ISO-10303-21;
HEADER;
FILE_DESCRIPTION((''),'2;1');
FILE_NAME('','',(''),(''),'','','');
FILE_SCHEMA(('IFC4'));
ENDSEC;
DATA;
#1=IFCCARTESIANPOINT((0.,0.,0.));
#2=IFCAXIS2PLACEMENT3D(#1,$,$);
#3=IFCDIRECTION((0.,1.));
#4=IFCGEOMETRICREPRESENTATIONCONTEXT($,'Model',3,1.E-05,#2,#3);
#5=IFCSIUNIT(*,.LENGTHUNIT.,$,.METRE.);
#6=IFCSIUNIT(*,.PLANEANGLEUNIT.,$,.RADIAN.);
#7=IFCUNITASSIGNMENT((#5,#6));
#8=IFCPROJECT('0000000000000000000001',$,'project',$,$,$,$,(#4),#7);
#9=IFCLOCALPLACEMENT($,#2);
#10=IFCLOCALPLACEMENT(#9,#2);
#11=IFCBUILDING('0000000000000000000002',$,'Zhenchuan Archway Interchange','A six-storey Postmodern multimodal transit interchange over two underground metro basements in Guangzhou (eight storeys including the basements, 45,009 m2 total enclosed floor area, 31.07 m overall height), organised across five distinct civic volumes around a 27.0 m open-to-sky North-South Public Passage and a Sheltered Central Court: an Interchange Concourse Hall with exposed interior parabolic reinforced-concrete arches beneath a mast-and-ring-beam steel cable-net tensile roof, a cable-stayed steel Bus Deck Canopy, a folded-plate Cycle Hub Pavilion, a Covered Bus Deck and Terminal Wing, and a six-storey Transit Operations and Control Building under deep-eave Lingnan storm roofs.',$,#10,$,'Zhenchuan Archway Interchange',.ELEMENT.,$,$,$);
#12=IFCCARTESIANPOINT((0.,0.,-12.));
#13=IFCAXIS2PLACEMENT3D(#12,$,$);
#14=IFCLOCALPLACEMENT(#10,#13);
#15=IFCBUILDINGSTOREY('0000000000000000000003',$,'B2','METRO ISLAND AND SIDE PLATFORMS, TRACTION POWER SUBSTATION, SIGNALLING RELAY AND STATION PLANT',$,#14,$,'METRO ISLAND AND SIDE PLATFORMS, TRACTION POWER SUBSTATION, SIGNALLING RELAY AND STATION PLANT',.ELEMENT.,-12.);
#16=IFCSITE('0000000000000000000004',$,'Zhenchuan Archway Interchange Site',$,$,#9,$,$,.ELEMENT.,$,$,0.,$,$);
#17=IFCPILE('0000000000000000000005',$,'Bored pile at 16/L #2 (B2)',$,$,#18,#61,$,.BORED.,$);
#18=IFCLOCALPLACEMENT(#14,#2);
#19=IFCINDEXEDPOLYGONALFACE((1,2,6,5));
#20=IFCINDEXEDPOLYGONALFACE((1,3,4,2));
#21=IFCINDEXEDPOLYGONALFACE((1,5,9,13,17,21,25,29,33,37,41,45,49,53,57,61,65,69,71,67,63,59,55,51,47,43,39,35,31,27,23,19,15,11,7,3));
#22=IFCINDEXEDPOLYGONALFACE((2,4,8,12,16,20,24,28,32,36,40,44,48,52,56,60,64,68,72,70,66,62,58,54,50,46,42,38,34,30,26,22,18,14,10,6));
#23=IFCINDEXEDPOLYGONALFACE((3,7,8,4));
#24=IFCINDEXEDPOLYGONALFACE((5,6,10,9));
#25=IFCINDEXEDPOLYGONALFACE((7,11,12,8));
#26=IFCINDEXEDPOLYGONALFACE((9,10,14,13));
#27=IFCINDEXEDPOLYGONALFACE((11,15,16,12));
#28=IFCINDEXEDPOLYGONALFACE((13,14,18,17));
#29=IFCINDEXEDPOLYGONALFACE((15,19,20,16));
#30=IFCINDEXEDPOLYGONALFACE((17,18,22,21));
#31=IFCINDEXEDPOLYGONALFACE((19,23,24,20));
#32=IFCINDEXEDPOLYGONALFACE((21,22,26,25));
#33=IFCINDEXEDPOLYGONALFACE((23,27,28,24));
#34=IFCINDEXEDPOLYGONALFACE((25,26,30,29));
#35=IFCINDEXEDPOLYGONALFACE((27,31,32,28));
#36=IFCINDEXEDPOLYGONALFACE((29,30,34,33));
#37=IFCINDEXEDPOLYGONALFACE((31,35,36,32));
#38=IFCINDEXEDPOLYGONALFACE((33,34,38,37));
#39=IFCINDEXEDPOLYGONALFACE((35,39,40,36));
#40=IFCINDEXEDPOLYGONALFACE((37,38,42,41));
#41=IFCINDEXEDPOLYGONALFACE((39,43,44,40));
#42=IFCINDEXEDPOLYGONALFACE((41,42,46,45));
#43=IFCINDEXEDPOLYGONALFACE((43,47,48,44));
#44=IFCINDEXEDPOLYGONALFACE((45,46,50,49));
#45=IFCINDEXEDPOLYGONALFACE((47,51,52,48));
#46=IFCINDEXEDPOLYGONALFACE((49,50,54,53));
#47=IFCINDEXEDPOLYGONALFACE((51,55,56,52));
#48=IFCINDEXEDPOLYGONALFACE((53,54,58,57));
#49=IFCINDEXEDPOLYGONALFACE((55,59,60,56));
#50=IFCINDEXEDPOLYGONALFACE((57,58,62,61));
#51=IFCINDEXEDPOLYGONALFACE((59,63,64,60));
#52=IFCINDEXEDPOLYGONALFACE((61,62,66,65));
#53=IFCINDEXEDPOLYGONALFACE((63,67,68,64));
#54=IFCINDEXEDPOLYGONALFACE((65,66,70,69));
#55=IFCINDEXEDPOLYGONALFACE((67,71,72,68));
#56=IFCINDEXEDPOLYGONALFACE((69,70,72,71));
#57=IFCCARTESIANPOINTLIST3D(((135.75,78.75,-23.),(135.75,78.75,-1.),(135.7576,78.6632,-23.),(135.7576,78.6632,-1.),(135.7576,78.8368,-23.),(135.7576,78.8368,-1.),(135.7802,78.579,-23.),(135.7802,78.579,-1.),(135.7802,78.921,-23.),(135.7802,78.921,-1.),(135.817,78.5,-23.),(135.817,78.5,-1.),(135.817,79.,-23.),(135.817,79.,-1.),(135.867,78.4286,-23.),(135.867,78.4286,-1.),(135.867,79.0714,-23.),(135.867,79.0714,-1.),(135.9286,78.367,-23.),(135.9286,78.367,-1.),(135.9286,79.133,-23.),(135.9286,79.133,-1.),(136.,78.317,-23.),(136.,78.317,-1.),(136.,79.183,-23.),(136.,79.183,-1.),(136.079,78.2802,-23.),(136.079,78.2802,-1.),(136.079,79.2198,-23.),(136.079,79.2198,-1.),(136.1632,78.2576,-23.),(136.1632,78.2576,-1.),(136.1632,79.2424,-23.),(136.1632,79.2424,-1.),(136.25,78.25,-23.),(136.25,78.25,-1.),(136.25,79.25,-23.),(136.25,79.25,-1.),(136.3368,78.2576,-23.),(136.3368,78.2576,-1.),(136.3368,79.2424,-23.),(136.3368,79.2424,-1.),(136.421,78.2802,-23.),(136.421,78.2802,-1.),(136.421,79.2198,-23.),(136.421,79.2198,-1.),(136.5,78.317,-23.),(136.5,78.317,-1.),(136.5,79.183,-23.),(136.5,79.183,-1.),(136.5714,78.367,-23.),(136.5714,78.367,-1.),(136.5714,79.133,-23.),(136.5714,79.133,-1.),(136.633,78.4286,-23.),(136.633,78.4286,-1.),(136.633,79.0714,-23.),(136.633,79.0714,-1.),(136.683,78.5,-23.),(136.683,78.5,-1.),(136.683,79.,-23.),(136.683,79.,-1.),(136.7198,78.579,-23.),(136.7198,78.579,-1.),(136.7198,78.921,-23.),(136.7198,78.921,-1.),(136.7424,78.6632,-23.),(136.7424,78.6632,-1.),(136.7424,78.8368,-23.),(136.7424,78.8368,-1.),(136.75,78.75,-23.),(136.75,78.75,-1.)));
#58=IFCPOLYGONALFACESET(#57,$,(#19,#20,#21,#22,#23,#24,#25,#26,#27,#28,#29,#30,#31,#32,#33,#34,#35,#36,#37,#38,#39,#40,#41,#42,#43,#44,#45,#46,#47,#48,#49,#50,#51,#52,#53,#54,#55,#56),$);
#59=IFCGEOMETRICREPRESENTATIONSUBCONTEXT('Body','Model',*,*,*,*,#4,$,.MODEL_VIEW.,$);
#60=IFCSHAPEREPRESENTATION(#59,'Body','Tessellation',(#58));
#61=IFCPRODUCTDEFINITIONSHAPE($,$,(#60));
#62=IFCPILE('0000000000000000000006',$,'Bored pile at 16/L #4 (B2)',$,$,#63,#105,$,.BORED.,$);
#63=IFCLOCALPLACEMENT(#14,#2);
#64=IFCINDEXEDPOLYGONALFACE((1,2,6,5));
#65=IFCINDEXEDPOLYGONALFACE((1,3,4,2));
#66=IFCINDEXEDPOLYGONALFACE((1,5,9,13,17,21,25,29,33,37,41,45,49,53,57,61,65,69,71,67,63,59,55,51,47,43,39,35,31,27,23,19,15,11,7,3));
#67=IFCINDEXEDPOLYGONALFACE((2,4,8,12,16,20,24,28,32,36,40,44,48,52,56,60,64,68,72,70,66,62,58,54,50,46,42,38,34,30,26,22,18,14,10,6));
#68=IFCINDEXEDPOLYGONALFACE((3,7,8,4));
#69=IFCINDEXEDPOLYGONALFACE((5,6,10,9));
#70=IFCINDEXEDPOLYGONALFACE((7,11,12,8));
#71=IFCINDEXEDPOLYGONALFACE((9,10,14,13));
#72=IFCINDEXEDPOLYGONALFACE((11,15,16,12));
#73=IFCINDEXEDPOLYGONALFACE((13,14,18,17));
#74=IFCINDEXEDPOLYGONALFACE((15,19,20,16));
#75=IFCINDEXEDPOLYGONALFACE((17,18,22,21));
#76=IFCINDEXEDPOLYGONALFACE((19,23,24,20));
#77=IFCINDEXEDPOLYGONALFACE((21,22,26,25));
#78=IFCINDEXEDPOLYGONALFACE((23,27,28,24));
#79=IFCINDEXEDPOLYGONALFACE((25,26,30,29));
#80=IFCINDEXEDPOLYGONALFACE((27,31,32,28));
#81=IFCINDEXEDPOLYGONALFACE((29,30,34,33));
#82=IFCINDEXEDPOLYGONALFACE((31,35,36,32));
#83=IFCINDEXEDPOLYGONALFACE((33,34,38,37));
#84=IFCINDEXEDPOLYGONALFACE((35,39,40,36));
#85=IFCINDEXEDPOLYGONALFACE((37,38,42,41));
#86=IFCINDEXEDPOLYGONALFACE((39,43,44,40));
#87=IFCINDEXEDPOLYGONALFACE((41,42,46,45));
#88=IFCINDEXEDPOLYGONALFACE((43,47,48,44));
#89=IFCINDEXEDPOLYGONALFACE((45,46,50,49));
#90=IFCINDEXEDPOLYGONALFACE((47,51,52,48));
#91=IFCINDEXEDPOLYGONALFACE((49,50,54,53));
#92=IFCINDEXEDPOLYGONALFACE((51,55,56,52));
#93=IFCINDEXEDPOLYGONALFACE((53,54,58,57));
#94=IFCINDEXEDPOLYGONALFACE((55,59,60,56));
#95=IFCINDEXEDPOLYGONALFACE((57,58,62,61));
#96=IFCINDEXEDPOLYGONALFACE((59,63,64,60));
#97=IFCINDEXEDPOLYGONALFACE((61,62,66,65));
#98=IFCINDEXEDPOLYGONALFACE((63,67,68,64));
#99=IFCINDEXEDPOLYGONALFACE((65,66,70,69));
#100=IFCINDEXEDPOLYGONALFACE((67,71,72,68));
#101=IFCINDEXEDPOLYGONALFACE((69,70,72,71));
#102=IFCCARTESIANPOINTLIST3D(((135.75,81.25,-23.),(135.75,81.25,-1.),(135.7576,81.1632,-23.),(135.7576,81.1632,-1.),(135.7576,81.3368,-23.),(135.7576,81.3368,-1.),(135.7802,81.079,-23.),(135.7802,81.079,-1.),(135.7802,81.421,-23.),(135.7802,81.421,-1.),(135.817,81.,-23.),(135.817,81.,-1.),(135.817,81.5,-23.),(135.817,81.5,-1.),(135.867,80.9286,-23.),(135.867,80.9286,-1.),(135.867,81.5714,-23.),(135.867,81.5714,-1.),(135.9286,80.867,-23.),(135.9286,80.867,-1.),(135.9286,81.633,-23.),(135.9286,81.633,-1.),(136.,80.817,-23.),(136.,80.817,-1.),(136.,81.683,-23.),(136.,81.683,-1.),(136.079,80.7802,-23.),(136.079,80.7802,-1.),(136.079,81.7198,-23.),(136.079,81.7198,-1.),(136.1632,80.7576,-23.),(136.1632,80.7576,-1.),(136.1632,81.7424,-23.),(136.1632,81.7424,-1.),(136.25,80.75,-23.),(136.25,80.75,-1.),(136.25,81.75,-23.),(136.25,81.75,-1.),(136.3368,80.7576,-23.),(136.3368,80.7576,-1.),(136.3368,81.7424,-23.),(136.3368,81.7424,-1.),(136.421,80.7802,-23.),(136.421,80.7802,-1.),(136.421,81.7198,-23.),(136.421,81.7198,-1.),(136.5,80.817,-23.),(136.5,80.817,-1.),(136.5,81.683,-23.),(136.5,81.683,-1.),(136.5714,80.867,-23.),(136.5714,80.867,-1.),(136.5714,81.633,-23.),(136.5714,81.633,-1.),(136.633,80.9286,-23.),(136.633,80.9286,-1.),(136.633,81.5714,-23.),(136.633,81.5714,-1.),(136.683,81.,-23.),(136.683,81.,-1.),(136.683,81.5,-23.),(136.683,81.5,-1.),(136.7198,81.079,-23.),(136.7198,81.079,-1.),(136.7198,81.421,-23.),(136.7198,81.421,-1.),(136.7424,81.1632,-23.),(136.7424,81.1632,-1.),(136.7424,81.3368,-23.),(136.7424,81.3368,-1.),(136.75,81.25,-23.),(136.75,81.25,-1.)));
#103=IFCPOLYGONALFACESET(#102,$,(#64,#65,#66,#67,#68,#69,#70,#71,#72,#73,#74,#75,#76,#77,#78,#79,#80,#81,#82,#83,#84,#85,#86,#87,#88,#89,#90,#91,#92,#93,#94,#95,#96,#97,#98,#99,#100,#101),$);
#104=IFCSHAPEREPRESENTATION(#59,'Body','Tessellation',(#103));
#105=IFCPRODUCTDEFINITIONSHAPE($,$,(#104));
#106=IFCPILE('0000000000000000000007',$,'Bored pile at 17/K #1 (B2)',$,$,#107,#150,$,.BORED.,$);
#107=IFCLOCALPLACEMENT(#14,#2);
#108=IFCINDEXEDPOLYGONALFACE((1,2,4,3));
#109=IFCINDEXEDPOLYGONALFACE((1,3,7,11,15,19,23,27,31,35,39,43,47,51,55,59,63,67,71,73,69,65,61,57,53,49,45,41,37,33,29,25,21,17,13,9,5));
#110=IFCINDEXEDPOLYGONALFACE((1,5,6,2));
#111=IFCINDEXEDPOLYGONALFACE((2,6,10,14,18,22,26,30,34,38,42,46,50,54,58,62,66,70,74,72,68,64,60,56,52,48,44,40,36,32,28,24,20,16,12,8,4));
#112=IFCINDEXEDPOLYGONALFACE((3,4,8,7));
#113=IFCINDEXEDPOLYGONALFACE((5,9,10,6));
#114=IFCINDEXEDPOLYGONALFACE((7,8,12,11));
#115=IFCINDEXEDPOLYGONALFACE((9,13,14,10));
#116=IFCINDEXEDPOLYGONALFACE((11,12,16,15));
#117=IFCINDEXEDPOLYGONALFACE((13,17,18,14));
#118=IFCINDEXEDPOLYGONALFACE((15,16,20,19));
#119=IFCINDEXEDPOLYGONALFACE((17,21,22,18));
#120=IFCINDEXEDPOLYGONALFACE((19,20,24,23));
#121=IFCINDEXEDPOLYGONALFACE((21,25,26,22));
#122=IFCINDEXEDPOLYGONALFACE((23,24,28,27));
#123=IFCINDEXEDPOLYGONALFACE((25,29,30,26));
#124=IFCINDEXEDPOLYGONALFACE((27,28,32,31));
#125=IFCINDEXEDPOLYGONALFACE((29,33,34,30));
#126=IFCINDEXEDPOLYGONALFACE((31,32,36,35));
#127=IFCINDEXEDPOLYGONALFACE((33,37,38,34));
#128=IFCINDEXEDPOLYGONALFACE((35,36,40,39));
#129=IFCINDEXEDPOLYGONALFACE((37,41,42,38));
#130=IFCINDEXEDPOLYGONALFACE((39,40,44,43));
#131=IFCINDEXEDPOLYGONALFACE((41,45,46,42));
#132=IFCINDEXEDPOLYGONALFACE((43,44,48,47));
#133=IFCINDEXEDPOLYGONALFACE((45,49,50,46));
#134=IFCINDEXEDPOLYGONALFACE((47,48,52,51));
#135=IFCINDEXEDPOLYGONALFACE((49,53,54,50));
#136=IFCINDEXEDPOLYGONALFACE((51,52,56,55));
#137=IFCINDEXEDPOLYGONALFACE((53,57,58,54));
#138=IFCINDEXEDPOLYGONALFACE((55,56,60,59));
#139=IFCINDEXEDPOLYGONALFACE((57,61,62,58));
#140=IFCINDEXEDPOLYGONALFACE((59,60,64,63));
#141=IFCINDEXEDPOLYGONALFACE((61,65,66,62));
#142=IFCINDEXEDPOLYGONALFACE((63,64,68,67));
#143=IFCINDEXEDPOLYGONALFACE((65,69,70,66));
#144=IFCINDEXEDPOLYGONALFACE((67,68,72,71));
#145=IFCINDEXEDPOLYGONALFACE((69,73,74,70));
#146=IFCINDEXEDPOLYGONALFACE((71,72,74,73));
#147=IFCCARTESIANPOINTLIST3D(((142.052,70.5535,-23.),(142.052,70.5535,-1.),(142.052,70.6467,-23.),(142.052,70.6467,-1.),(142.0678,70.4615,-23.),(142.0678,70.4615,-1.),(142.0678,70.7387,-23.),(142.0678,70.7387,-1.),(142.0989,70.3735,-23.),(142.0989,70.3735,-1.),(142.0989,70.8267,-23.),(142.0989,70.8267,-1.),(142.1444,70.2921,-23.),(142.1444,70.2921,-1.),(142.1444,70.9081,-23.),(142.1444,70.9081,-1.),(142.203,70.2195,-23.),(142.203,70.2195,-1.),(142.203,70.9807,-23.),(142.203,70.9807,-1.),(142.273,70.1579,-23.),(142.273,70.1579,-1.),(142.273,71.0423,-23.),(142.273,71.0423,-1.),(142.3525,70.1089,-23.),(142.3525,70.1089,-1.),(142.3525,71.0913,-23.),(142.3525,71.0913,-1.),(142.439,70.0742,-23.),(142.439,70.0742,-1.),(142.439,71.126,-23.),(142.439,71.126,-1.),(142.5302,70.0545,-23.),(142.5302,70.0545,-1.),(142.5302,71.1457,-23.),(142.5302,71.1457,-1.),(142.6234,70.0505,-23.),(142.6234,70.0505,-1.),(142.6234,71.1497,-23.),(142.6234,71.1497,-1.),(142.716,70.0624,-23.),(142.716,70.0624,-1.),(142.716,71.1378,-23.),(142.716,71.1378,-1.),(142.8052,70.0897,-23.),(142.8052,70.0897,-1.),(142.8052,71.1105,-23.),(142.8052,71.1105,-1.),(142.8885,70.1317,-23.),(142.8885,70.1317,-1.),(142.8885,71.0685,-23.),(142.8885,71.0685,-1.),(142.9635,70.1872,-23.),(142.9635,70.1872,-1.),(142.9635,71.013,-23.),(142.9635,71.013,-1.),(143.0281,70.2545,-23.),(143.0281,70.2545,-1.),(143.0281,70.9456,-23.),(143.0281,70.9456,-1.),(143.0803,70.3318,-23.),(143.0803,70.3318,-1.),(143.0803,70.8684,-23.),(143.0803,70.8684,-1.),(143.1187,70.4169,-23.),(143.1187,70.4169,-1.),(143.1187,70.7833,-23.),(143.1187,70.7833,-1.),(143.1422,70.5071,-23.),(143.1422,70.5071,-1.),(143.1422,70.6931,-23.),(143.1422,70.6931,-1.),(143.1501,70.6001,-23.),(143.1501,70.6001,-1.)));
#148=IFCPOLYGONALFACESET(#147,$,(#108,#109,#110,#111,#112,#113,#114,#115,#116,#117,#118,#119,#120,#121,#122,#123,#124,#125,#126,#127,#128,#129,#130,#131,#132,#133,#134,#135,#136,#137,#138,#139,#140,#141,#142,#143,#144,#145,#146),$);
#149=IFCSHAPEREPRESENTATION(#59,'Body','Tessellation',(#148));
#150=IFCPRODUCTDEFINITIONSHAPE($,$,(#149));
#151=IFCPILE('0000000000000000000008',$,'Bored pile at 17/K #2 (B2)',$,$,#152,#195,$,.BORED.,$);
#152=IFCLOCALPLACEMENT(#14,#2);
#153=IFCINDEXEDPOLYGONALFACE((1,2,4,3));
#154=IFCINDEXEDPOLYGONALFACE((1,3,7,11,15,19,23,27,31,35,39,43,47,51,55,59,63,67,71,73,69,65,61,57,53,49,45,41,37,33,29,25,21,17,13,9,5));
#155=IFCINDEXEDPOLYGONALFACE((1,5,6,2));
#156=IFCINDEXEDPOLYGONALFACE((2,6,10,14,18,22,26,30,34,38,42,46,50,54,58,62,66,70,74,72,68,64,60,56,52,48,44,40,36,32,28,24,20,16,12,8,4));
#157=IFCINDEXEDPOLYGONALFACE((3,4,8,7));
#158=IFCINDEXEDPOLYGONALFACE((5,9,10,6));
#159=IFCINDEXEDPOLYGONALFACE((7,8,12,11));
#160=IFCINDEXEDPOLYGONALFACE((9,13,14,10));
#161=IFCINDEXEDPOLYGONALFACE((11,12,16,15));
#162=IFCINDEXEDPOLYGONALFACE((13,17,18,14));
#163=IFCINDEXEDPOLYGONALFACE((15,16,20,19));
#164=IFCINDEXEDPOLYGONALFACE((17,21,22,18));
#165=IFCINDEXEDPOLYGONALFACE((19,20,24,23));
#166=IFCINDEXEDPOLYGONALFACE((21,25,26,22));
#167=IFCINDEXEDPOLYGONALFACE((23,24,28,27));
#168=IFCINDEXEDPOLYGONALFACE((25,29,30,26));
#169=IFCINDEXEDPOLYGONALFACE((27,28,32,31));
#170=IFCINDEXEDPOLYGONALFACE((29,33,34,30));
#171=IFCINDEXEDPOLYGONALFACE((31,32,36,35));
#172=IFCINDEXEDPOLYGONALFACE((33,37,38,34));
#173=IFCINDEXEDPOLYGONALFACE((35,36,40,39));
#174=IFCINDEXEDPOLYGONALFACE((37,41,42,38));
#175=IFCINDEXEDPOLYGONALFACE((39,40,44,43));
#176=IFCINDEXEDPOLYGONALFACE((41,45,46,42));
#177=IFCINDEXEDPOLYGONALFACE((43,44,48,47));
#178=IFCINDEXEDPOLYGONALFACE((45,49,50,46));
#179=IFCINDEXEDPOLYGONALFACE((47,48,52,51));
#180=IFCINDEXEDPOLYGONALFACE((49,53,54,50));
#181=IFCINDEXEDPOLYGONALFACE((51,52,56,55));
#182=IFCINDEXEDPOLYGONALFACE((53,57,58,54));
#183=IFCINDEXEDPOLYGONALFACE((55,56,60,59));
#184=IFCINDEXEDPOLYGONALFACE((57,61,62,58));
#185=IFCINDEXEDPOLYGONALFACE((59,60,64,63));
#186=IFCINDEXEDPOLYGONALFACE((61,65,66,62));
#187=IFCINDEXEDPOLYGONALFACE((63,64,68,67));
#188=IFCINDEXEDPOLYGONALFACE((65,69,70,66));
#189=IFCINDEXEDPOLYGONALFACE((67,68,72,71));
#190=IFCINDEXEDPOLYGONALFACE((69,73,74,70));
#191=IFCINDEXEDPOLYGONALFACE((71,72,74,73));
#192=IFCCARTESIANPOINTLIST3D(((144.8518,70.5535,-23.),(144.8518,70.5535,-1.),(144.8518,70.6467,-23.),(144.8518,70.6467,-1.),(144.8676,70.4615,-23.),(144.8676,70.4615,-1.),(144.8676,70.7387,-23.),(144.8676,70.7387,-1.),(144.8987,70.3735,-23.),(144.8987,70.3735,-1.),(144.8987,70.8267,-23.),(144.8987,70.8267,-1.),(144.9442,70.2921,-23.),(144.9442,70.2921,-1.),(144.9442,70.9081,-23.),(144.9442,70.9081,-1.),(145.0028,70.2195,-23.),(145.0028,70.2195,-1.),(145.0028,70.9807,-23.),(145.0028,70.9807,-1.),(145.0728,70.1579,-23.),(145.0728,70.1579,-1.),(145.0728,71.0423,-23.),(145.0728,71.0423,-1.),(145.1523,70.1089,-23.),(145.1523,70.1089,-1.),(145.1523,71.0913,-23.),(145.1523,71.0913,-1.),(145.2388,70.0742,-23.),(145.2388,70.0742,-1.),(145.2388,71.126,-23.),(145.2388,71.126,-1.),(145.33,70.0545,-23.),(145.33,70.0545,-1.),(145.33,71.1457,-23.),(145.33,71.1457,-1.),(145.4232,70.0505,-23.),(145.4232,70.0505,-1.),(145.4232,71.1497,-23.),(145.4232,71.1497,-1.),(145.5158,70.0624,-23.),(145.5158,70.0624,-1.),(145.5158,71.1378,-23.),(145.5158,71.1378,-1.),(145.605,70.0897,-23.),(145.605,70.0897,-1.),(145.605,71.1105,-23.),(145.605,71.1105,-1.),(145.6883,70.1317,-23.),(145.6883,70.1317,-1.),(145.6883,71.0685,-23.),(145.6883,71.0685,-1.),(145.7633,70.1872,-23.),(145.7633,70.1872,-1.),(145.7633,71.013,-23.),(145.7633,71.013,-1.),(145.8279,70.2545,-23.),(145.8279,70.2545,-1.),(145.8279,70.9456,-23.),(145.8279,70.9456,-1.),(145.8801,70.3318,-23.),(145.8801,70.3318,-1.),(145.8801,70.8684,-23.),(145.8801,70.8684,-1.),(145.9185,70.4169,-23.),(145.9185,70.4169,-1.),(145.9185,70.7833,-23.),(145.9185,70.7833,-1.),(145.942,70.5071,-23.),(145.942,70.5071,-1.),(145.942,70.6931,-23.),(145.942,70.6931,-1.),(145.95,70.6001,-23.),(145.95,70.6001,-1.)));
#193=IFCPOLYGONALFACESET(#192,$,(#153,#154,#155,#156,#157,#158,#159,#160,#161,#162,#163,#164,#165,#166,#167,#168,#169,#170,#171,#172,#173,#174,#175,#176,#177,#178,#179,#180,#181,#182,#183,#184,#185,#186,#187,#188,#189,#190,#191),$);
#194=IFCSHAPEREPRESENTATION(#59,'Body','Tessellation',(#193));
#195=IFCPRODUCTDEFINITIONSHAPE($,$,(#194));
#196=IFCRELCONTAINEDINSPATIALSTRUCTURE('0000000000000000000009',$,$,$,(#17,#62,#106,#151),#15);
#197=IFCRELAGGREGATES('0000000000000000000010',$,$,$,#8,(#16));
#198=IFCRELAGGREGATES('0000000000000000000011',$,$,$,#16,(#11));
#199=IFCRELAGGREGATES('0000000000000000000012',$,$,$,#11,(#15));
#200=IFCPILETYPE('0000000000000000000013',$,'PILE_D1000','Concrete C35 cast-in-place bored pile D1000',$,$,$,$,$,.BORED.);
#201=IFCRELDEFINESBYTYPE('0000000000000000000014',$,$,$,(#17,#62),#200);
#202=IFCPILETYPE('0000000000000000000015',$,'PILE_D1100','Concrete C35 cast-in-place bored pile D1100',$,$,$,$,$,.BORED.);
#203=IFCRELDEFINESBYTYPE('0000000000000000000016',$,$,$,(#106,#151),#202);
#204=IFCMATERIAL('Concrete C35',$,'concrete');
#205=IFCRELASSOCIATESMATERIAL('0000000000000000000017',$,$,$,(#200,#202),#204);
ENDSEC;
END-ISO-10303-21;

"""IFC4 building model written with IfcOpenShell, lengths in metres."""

from ifc_helpers import new_model, si_unit, direction, frame, origin, origin_2d, place, context, subcontext, project, spatial, circle, extrude, material, material_profile, profile_set, type_object, element, save


model = new_model("IFC4")

# Units and contexts
model_context = context("Model", 3, precision=1e-05, world=origin(), true_north=direction((0.0, 1.0)))
body_context = subcontext(model_context, "Body", "Model", "MODEL_VIEW")
ifc_project = project(units=[si_unit("LENGTHUNIT", "METRE"), si_unit("PLANEANGLEUNIT", "RADIAN")], contexts=[model_context])

# Site, building, storey
site_placement = place(None, origin())
site = spatial("IfcSite", under=ifc_project, at=site_placement, Name="Zhenchuan Archway Interchange Site", CompositionType="ELEMENT", RefElevation=0.0)
building_placement = place(site_placement, origin())
building = spatial("IfcBuilding", under=site, at=building_placement, Name="Zhenchuan Archway Interchange", Description="A six-storey Postmodern multimodal transit interchange over two underground metro basements in Guangzhou (eight storeys including the basements, 45,009 m2 total enclosed floor area, 31.07 m overall height), organised across five distinct civic volumes around a 27.0 m open-to-sky North-South Public Passage and a Sheltered Central Court: an Interchange Concourse Hall with exposed interior parabolic reinforced-concrete arches beneath a mast-and-ring-beam steel cable-net tensile roof, a cable-stayed steel Bus Deck Canopy, a folded-plate Cycle Hub Pavilion, a Covered Bus Deck and Terminal Wing, and a six-storey Transit Operations and Control Building under deep-eave Lingnan storm roofs.", LongName="Zhenchuan Archway Interchange", CompositionType="ELEMENT")
storey_placement = place(building_placement, frame((0.0, 0.0, -12.0)))
storey = spatial("IfcBuildingStorey", under=building, at=storey_placement, Name="B2", Description="METRO ISLAND AND SIDE PLATFORMS, TRACTION POWER SUBSTATION, SIGNALLING RELAY AND STATION PLANT", LongName="METRO ISLAND AND SIDE PLATFORMS, TRACTION POWER SUBSTATION, SIGNALLING RELAY AND STATION PLANT", CompositionType="ELEMENT", Elevation=-12.0)

# Piles
ifc_material_1 = material(Name="Concrete C35", Category="concrete")
ifc_material_profile_1 = material_profile(ifc_material_1, circle(Radius=0.5, at=origin_2d()), Name="BORED PILE 1000")
ifc_profile_set_1 = profile_set([ifc_material_profile_1], Name="Concrete C35")
pile_type_1 = type_object("IfcPileType", Name="PILE_D1000", Description="Concrete C35 cast-in-place bored pile D1000", PredefinedType="BORED", material=ifc_profile_set_1)
for number, where, z_axis, x_axis, name in (
    (1, (136.25, 78.75, -1.0), (0.0, 0.0, -1.0), (1.0, 0.0, 0.0), "Bored pile at 16/L #2 (B2)"),
    (2, (136.25, 81.25, -1.0), (0.0, 0.0, -1.0), (1.0, 0.0, 0.0), "Bored pile at 16/L #4 (B2)"),
):
    element("IfcPile", number, at=place(storey_placement, frame(where, z_axis=z_axis, x_axis=x_axis)), inside=storey, type_object=pile_type_1, Name=name, PredefinedType="BORED", context=body_context, shape_type="SweptSolid", body=[
        extrude(circle(Radius=0.5, at=origin_2d()), origin(), (0.0, 0.0, 1.0), 22.0),
    ])
ifc_material_profile_2 = material_profile(ifc_material_1, circle(Radius=0.55, at=origin_2d()), Name="BORED PILE 1100")
ifc_profile_set_2 = profile_set([ifc_material_profile_2], Name="Concrete C35")
pile_type_2 = type_object("IfcPileType", Name="PILE_D1100", Description="Concrete C35 cast-in-place bored pile D1100", PredefinedType="BORED", material=ifc_profile_set_2)
for number, where, z_axis, x_axis, name in (
    (3, (142.6001, 70.6001, -1.0), (0.0, 0.0, -1.0), (1.0, 0.0, 0.0), "Bored pile at 17/K #1 (B2)"),
    (4, (145.3999, 70.6001, -1.0), (0.0, 0.0, -1.0), (1.0, 0.0, 0.0), "Bored pile at 17/K #2 (B2)"),
):
    element("IfcPile", number, at=place(storey_placement, frame(where, z_axis=z_axis, x_axis=x_axis)), inside=storey, type_object=pile_type_2, Name=name, PredefinedType="BORED", context=body_context, shape_type="SweptSolid", body=[
        extrude(circle(Radius=0.55, at=origin_2d()), origin(), (0.0, 0.0, 1.0), 22.0),
    ])

save(model, "model.ifc")
